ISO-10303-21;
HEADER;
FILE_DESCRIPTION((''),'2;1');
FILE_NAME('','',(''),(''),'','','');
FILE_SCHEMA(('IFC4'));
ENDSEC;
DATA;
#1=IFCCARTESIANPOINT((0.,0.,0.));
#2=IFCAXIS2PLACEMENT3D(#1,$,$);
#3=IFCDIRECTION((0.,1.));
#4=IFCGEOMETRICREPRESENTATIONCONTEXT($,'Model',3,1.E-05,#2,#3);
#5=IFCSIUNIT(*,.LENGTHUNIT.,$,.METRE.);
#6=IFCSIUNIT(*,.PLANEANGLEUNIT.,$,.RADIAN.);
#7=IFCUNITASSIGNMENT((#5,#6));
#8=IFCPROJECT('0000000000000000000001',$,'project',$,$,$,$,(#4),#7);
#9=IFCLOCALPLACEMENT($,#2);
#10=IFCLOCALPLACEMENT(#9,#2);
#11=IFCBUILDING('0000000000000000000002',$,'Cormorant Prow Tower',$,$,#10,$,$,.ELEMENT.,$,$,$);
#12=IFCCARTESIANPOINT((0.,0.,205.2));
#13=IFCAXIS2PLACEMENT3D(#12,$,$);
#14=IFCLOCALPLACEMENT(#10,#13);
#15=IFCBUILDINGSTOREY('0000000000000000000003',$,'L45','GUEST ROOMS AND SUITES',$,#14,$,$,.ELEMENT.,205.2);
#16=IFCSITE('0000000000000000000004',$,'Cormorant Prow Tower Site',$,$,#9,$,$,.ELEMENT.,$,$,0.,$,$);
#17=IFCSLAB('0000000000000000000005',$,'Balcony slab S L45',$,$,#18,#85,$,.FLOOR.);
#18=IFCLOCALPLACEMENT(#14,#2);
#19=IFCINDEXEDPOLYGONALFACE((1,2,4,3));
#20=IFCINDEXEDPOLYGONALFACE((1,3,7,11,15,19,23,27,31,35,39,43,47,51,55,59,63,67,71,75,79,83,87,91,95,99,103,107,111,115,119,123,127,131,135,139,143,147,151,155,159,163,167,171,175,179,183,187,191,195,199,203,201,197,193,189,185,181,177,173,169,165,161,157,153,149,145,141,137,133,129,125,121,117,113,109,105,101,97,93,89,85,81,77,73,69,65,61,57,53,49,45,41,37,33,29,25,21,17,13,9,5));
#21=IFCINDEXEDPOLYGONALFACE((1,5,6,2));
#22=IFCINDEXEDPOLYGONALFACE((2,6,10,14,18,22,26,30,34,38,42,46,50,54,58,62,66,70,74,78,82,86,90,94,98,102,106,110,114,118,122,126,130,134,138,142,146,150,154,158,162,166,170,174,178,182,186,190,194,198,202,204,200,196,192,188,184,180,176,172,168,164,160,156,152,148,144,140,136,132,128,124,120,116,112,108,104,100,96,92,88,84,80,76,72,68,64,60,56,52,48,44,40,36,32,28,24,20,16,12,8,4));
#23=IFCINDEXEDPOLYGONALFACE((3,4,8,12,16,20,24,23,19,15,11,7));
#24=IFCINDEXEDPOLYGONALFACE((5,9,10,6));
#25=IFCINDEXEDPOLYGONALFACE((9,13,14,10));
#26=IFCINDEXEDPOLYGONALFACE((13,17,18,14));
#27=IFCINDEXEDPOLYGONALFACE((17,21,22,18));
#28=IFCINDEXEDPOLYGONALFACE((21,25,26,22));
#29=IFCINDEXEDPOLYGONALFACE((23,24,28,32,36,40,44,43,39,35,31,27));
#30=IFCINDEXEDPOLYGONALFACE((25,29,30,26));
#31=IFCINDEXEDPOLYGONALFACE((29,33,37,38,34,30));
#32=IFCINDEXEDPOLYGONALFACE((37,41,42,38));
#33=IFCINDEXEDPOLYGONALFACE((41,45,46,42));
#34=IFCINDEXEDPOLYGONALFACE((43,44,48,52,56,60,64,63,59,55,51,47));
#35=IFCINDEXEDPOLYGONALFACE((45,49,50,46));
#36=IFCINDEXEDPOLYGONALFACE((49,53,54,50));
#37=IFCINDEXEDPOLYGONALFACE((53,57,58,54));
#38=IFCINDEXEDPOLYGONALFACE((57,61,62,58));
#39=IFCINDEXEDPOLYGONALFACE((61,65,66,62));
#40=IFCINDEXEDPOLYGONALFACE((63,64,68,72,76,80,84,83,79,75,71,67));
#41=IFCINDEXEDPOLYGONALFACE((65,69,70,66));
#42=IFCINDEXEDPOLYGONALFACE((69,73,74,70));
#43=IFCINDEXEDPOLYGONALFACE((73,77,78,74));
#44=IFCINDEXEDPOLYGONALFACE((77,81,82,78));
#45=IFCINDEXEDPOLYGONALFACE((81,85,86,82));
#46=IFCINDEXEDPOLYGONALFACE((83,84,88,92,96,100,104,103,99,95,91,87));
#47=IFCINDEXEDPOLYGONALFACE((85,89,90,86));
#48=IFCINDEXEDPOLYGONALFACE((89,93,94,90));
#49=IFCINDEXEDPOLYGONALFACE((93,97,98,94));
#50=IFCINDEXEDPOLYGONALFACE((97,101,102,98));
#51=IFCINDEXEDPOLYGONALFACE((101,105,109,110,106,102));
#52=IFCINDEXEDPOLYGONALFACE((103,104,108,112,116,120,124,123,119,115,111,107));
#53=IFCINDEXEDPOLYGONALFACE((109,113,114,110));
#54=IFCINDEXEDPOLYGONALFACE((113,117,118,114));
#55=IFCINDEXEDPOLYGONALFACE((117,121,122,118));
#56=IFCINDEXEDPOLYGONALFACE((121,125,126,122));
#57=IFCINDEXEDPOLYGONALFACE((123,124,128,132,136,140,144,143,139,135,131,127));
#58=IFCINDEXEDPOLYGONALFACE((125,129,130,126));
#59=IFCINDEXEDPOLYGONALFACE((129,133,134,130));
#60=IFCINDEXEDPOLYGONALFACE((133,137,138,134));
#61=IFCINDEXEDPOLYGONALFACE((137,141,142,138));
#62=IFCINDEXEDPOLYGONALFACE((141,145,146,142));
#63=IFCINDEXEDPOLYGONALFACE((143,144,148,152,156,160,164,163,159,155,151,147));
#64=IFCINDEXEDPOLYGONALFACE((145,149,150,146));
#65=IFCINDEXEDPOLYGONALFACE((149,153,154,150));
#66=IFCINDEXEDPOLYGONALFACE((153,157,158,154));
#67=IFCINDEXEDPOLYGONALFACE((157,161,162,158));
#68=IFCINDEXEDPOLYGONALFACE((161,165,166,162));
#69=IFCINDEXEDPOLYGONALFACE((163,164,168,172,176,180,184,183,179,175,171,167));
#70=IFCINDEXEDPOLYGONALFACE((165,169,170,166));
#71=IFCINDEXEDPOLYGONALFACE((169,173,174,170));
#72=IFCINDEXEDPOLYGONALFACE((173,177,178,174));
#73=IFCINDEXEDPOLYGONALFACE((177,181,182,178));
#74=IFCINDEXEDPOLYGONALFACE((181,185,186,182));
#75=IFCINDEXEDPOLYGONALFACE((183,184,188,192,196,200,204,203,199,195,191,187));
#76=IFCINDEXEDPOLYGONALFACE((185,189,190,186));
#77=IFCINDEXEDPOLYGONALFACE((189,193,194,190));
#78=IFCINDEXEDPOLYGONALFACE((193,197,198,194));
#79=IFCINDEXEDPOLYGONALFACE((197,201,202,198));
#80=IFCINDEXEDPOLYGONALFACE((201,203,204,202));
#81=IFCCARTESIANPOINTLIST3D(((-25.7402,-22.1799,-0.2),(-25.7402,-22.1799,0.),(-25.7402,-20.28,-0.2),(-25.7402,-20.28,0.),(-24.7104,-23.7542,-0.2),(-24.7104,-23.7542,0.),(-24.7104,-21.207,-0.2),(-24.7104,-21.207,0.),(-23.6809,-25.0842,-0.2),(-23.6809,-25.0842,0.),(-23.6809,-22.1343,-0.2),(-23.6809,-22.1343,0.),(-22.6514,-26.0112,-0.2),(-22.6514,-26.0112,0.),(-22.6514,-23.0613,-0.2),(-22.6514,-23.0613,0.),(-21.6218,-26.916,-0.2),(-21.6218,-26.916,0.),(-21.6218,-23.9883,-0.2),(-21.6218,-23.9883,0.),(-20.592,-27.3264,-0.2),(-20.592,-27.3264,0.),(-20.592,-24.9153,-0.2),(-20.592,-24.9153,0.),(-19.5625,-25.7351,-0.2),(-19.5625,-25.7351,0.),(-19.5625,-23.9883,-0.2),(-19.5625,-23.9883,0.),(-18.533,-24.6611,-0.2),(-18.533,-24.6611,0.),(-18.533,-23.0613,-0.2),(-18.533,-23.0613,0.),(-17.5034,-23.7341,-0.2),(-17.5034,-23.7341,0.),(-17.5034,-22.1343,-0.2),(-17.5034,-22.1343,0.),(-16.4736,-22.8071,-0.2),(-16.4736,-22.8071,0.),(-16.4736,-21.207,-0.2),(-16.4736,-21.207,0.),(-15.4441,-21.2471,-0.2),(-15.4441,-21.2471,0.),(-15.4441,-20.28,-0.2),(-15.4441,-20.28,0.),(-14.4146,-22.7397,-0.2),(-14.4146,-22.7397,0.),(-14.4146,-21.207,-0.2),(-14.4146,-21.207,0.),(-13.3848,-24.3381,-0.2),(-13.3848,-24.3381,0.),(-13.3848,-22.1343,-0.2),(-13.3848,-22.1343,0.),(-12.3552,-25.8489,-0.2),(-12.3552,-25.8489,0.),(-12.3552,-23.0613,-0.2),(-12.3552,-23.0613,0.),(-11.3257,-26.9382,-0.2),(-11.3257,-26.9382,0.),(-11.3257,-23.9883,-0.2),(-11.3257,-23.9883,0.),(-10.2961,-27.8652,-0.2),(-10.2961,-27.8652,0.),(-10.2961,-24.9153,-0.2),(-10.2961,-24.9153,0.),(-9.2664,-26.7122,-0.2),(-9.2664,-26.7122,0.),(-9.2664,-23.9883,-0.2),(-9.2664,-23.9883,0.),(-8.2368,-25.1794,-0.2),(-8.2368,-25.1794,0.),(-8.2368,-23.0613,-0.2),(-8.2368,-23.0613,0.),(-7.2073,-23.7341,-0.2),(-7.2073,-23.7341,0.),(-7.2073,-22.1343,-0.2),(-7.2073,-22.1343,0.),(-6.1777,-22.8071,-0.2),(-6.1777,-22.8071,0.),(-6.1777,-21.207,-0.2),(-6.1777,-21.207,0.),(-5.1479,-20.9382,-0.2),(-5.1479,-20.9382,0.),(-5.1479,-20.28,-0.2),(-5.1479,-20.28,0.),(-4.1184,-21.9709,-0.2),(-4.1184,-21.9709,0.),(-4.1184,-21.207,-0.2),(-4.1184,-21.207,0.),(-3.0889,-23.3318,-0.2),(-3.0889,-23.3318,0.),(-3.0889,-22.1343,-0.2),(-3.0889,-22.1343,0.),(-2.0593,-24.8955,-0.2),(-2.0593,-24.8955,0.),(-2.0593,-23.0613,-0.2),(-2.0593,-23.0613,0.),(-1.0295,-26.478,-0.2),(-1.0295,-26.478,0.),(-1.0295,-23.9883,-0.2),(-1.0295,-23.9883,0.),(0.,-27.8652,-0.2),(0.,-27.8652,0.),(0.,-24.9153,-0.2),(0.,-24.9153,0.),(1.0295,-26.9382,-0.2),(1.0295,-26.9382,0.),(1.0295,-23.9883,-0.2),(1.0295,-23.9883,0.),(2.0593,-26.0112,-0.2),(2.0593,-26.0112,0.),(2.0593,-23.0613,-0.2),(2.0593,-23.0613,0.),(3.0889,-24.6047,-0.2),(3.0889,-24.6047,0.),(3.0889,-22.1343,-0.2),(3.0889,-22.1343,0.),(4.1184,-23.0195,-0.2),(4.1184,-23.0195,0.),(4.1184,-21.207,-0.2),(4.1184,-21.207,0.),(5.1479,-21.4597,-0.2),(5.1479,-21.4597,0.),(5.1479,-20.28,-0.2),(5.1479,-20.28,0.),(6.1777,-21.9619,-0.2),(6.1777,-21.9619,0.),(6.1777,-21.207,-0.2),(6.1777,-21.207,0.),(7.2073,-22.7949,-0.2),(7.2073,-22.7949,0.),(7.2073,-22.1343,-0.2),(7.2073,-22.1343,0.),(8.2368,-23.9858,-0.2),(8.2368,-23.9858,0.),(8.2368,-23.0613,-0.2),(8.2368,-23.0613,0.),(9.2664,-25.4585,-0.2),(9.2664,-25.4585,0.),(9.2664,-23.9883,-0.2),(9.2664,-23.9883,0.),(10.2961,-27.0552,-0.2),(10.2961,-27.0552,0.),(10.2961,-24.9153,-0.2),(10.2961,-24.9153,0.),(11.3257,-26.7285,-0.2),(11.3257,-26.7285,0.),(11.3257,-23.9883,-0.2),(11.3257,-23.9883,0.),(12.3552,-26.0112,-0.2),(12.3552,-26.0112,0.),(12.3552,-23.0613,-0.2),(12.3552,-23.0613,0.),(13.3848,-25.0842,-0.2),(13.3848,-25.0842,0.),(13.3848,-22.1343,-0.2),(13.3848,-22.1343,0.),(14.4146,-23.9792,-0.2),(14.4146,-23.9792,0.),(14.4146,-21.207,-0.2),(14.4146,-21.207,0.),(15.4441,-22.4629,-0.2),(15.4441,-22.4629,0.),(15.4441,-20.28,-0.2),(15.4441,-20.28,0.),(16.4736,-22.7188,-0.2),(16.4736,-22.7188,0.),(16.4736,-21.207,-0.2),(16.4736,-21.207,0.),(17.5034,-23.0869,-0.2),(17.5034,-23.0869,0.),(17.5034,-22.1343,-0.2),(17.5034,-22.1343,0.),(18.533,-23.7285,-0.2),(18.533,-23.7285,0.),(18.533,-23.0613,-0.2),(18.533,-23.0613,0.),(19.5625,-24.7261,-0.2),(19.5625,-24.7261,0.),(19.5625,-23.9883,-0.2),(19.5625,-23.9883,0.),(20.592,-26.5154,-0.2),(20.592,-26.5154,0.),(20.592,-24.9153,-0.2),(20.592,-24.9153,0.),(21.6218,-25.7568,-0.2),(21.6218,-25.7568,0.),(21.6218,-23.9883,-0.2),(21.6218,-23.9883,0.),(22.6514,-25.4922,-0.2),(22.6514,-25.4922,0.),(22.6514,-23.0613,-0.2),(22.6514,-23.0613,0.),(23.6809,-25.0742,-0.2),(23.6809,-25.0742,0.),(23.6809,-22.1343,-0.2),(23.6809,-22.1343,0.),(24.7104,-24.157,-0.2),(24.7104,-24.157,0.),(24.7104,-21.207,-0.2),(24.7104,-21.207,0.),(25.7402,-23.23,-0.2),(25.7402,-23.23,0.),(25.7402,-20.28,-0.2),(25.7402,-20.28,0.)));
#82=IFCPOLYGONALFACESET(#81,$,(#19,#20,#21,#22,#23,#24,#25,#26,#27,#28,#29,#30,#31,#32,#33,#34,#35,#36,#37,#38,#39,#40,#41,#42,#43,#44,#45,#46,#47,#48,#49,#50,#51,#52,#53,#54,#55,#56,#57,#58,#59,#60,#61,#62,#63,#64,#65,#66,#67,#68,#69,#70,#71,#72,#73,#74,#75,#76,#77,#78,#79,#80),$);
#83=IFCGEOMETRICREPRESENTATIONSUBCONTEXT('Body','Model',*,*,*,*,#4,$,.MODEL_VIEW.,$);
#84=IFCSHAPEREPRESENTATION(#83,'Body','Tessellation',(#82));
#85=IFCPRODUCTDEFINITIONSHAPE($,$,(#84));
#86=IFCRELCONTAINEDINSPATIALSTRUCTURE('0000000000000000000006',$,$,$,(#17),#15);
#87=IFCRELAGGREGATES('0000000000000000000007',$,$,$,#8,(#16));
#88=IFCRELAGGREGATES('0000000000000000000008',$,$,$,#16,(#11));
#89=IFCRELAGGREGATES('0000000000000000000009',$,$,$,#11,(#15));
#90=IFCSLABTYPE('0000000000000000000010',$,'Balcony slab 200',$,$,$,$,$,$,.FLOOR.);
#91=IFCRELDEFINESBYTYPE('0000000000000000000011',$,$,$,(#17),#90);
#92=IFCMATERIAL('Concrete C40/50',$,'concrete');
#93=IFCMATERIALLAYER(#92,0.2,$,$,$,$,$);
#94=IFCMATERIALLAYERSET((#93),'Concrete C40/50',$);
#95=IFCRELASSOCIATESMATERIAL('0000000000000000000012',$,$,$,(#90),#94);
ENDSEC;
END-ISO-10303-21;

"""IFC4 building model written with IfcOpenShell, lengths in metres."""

from ifc_helpers import new_model, si_unit, direction, frame, origin, place, context, subcontext, project, spatial, polyline, outline, extrude, material, layer, layer_set, type_object, element, save


model = new_model("IFC4")

# Units and contexts
model_context = context("Model", 3, precision=1e-05, world=origin(), true_north=direction((0.0, 1.0)))
body_context = subcontext(model_context, "Body", "Model", "MODEL_VIEW")
ifc_project = project(units=[si_unit("LENGTHUNIT", "METRE"), si_unit("PLANEANGLEUNIT", "RADIAN")], contexts=[model_context])

# Site, building, storey
site_placement = place(None, origin())
site = spatial("IfcSite", under=ifc_project, at=site_placement, Name="Cormorant Prow Tower Site", CompositionType="ELEMENT", RefElevation=0.0)
building_placement = place(site_placement, origin())
building = spatial("IfcBuilding", under=site, at=building_placement, Name="Cormorant Prow Tower", CompositionType="ELEMENT")
storey_placement = place(building_placement, frame((0.0, 0.0, 205.2)))
storey = spatial("IfcBuildingStorey", under=building, at=storey_placement, Name="L45", Description="GUEST ROOMS AND SUITES", CompositionType="ELEMENT", Elevation=205.2)

# Slab
ifc_material_1 = material(Name="Concrete C40/50", Category="concrete")
ifc_layer_1 = layer(ifc_material_1, 0.2)
ifc_layer_set_1 = layer_set([ifc_layer_1], Name="Concrete C40/50")
slab_type_1 = type_object("IfcSlabType", Name="Balcony slab 200", PredefinedType="FLOOR", material=ifc_layer_set_1)
slab_1_placement = place(storey_placement, frame((0.0, 0.0, -0.2)))
element("IfcSlab", 1, at=slab_1_placement, inside=storey, type_object=slab_type_1, Name="Balcony slab S L45", PredefinedType="FLOOR", context=body_context, shape_type="SweptSolid", body=[
    extrude(outline(polyline([(-25.7402, -20.28), (-25.7402, -22.1799), (-24.7104, -23.7542), (-23.6809, -25.0842), (-22.6514, -26.0112), (-21.6218, -26.916), (-20.592, -27.3264), (-19.5625, -25.7351), (-18.533, -24.6611), (-17.5034, -23.7341), (-16.4736, -22.8071), (-15.4441, -21.2471), (-14.4146, -22.7397), (-13.3848, -24.3381), (-12.3552, -25.8489), (-11.3257, -26.9382), (-10.2961, -27.8652), (-9.2664, -26.7122), (-8.2368, -25.1794), (-7.2073, -23.7341), (-6.1777, -22.8071), (-5.1479, -20.9382), (-4.1184, -21.9709), (-3.0889, -23.3318), (-2.0593, -24.8955), (-1.0295, -26.478), (0.0, -27.8652), (1.0295, -26.9382), (2.0593, -26.0112), (3.0889, -24.6047), (4.1184, -23.0195), (5.1479, -21.4597), (6.1777, -21.9619), (7.2073, -22.7949), (8.2368, -23.9858), (9.2664, -25.4585), (10.2961, -27.0552), (11.3257, -26.7285), (12.3552, -26.0112), (13.3848, -25.0842), (14.4146, -23.9792), (15.4441, -22.4629), (16.4736, -22.7188), (17.5034, -23.0869), (18.533, -23.7285), (19.5625, -24.7261), (20.592, -26.5154), (21.6218, -25.7568), (22.6514, -25.4922), (23.6809, -25.0742), (24.7104, -24.157), (25.7402, -23.23), (25.7402, -20.28), (24.7104, -21.207), (23.6809, -22.1343), (22.6514, -23.0613), (21.6218, -23.9883), (20.592, -24.9153), (19.5625, -23.9883), (18.533, -23.0613), (17.5034, -22.1343), (16.4736, -21.207), (15.4441, -20.28), (14.4146, -21.207), (13.3848, -22.1343), (12.3552, -23.0613), (11.3257, -23.9883), (10.2961, -24.9153), (9.2664, -23.9883), (8.2368, -23.0613), (7.2073, -22.1343), (6.1777, -21.207), (5.1479, -20.28), (4.1184, -21.207), (3.0889, -22.1343), (2.0593, -23.0613), (1.0295, -23.9883), (0.0, -24.9153), (-1.0295, -23.9883), (-2.0593, -23.0613), (-3.0889, -22.1343), (-4.1184, -21.207), (-5.1479, -20.28), (-6.1777, -21.207), (-7.2073, -22.1343), (-8.2368, -23.0613), (-9.2664, -23.9883), (-10.2961, -24.9153), (-11.3257, -23.9883), (-12.3552, -23.0613), (-13.3848, -22.1343), (-14.4146, -21.207), (-15.4441, -20.28), (-16.4736, -21.207), (-17.5034, -22.1343), (-18.533, -23.0613), (-19.5625, -23.9883), (-20.592, -24.9153), (-21.6218, -23.9883), (-22.6514, -23.0613), (-23.6809, -22.1343), (-24.7104, -21.207), (-25.7402, -20.28)])), origin(), (0.0, 0.0, 1.0), 0.2),
])

save(model, "model.ifc")
